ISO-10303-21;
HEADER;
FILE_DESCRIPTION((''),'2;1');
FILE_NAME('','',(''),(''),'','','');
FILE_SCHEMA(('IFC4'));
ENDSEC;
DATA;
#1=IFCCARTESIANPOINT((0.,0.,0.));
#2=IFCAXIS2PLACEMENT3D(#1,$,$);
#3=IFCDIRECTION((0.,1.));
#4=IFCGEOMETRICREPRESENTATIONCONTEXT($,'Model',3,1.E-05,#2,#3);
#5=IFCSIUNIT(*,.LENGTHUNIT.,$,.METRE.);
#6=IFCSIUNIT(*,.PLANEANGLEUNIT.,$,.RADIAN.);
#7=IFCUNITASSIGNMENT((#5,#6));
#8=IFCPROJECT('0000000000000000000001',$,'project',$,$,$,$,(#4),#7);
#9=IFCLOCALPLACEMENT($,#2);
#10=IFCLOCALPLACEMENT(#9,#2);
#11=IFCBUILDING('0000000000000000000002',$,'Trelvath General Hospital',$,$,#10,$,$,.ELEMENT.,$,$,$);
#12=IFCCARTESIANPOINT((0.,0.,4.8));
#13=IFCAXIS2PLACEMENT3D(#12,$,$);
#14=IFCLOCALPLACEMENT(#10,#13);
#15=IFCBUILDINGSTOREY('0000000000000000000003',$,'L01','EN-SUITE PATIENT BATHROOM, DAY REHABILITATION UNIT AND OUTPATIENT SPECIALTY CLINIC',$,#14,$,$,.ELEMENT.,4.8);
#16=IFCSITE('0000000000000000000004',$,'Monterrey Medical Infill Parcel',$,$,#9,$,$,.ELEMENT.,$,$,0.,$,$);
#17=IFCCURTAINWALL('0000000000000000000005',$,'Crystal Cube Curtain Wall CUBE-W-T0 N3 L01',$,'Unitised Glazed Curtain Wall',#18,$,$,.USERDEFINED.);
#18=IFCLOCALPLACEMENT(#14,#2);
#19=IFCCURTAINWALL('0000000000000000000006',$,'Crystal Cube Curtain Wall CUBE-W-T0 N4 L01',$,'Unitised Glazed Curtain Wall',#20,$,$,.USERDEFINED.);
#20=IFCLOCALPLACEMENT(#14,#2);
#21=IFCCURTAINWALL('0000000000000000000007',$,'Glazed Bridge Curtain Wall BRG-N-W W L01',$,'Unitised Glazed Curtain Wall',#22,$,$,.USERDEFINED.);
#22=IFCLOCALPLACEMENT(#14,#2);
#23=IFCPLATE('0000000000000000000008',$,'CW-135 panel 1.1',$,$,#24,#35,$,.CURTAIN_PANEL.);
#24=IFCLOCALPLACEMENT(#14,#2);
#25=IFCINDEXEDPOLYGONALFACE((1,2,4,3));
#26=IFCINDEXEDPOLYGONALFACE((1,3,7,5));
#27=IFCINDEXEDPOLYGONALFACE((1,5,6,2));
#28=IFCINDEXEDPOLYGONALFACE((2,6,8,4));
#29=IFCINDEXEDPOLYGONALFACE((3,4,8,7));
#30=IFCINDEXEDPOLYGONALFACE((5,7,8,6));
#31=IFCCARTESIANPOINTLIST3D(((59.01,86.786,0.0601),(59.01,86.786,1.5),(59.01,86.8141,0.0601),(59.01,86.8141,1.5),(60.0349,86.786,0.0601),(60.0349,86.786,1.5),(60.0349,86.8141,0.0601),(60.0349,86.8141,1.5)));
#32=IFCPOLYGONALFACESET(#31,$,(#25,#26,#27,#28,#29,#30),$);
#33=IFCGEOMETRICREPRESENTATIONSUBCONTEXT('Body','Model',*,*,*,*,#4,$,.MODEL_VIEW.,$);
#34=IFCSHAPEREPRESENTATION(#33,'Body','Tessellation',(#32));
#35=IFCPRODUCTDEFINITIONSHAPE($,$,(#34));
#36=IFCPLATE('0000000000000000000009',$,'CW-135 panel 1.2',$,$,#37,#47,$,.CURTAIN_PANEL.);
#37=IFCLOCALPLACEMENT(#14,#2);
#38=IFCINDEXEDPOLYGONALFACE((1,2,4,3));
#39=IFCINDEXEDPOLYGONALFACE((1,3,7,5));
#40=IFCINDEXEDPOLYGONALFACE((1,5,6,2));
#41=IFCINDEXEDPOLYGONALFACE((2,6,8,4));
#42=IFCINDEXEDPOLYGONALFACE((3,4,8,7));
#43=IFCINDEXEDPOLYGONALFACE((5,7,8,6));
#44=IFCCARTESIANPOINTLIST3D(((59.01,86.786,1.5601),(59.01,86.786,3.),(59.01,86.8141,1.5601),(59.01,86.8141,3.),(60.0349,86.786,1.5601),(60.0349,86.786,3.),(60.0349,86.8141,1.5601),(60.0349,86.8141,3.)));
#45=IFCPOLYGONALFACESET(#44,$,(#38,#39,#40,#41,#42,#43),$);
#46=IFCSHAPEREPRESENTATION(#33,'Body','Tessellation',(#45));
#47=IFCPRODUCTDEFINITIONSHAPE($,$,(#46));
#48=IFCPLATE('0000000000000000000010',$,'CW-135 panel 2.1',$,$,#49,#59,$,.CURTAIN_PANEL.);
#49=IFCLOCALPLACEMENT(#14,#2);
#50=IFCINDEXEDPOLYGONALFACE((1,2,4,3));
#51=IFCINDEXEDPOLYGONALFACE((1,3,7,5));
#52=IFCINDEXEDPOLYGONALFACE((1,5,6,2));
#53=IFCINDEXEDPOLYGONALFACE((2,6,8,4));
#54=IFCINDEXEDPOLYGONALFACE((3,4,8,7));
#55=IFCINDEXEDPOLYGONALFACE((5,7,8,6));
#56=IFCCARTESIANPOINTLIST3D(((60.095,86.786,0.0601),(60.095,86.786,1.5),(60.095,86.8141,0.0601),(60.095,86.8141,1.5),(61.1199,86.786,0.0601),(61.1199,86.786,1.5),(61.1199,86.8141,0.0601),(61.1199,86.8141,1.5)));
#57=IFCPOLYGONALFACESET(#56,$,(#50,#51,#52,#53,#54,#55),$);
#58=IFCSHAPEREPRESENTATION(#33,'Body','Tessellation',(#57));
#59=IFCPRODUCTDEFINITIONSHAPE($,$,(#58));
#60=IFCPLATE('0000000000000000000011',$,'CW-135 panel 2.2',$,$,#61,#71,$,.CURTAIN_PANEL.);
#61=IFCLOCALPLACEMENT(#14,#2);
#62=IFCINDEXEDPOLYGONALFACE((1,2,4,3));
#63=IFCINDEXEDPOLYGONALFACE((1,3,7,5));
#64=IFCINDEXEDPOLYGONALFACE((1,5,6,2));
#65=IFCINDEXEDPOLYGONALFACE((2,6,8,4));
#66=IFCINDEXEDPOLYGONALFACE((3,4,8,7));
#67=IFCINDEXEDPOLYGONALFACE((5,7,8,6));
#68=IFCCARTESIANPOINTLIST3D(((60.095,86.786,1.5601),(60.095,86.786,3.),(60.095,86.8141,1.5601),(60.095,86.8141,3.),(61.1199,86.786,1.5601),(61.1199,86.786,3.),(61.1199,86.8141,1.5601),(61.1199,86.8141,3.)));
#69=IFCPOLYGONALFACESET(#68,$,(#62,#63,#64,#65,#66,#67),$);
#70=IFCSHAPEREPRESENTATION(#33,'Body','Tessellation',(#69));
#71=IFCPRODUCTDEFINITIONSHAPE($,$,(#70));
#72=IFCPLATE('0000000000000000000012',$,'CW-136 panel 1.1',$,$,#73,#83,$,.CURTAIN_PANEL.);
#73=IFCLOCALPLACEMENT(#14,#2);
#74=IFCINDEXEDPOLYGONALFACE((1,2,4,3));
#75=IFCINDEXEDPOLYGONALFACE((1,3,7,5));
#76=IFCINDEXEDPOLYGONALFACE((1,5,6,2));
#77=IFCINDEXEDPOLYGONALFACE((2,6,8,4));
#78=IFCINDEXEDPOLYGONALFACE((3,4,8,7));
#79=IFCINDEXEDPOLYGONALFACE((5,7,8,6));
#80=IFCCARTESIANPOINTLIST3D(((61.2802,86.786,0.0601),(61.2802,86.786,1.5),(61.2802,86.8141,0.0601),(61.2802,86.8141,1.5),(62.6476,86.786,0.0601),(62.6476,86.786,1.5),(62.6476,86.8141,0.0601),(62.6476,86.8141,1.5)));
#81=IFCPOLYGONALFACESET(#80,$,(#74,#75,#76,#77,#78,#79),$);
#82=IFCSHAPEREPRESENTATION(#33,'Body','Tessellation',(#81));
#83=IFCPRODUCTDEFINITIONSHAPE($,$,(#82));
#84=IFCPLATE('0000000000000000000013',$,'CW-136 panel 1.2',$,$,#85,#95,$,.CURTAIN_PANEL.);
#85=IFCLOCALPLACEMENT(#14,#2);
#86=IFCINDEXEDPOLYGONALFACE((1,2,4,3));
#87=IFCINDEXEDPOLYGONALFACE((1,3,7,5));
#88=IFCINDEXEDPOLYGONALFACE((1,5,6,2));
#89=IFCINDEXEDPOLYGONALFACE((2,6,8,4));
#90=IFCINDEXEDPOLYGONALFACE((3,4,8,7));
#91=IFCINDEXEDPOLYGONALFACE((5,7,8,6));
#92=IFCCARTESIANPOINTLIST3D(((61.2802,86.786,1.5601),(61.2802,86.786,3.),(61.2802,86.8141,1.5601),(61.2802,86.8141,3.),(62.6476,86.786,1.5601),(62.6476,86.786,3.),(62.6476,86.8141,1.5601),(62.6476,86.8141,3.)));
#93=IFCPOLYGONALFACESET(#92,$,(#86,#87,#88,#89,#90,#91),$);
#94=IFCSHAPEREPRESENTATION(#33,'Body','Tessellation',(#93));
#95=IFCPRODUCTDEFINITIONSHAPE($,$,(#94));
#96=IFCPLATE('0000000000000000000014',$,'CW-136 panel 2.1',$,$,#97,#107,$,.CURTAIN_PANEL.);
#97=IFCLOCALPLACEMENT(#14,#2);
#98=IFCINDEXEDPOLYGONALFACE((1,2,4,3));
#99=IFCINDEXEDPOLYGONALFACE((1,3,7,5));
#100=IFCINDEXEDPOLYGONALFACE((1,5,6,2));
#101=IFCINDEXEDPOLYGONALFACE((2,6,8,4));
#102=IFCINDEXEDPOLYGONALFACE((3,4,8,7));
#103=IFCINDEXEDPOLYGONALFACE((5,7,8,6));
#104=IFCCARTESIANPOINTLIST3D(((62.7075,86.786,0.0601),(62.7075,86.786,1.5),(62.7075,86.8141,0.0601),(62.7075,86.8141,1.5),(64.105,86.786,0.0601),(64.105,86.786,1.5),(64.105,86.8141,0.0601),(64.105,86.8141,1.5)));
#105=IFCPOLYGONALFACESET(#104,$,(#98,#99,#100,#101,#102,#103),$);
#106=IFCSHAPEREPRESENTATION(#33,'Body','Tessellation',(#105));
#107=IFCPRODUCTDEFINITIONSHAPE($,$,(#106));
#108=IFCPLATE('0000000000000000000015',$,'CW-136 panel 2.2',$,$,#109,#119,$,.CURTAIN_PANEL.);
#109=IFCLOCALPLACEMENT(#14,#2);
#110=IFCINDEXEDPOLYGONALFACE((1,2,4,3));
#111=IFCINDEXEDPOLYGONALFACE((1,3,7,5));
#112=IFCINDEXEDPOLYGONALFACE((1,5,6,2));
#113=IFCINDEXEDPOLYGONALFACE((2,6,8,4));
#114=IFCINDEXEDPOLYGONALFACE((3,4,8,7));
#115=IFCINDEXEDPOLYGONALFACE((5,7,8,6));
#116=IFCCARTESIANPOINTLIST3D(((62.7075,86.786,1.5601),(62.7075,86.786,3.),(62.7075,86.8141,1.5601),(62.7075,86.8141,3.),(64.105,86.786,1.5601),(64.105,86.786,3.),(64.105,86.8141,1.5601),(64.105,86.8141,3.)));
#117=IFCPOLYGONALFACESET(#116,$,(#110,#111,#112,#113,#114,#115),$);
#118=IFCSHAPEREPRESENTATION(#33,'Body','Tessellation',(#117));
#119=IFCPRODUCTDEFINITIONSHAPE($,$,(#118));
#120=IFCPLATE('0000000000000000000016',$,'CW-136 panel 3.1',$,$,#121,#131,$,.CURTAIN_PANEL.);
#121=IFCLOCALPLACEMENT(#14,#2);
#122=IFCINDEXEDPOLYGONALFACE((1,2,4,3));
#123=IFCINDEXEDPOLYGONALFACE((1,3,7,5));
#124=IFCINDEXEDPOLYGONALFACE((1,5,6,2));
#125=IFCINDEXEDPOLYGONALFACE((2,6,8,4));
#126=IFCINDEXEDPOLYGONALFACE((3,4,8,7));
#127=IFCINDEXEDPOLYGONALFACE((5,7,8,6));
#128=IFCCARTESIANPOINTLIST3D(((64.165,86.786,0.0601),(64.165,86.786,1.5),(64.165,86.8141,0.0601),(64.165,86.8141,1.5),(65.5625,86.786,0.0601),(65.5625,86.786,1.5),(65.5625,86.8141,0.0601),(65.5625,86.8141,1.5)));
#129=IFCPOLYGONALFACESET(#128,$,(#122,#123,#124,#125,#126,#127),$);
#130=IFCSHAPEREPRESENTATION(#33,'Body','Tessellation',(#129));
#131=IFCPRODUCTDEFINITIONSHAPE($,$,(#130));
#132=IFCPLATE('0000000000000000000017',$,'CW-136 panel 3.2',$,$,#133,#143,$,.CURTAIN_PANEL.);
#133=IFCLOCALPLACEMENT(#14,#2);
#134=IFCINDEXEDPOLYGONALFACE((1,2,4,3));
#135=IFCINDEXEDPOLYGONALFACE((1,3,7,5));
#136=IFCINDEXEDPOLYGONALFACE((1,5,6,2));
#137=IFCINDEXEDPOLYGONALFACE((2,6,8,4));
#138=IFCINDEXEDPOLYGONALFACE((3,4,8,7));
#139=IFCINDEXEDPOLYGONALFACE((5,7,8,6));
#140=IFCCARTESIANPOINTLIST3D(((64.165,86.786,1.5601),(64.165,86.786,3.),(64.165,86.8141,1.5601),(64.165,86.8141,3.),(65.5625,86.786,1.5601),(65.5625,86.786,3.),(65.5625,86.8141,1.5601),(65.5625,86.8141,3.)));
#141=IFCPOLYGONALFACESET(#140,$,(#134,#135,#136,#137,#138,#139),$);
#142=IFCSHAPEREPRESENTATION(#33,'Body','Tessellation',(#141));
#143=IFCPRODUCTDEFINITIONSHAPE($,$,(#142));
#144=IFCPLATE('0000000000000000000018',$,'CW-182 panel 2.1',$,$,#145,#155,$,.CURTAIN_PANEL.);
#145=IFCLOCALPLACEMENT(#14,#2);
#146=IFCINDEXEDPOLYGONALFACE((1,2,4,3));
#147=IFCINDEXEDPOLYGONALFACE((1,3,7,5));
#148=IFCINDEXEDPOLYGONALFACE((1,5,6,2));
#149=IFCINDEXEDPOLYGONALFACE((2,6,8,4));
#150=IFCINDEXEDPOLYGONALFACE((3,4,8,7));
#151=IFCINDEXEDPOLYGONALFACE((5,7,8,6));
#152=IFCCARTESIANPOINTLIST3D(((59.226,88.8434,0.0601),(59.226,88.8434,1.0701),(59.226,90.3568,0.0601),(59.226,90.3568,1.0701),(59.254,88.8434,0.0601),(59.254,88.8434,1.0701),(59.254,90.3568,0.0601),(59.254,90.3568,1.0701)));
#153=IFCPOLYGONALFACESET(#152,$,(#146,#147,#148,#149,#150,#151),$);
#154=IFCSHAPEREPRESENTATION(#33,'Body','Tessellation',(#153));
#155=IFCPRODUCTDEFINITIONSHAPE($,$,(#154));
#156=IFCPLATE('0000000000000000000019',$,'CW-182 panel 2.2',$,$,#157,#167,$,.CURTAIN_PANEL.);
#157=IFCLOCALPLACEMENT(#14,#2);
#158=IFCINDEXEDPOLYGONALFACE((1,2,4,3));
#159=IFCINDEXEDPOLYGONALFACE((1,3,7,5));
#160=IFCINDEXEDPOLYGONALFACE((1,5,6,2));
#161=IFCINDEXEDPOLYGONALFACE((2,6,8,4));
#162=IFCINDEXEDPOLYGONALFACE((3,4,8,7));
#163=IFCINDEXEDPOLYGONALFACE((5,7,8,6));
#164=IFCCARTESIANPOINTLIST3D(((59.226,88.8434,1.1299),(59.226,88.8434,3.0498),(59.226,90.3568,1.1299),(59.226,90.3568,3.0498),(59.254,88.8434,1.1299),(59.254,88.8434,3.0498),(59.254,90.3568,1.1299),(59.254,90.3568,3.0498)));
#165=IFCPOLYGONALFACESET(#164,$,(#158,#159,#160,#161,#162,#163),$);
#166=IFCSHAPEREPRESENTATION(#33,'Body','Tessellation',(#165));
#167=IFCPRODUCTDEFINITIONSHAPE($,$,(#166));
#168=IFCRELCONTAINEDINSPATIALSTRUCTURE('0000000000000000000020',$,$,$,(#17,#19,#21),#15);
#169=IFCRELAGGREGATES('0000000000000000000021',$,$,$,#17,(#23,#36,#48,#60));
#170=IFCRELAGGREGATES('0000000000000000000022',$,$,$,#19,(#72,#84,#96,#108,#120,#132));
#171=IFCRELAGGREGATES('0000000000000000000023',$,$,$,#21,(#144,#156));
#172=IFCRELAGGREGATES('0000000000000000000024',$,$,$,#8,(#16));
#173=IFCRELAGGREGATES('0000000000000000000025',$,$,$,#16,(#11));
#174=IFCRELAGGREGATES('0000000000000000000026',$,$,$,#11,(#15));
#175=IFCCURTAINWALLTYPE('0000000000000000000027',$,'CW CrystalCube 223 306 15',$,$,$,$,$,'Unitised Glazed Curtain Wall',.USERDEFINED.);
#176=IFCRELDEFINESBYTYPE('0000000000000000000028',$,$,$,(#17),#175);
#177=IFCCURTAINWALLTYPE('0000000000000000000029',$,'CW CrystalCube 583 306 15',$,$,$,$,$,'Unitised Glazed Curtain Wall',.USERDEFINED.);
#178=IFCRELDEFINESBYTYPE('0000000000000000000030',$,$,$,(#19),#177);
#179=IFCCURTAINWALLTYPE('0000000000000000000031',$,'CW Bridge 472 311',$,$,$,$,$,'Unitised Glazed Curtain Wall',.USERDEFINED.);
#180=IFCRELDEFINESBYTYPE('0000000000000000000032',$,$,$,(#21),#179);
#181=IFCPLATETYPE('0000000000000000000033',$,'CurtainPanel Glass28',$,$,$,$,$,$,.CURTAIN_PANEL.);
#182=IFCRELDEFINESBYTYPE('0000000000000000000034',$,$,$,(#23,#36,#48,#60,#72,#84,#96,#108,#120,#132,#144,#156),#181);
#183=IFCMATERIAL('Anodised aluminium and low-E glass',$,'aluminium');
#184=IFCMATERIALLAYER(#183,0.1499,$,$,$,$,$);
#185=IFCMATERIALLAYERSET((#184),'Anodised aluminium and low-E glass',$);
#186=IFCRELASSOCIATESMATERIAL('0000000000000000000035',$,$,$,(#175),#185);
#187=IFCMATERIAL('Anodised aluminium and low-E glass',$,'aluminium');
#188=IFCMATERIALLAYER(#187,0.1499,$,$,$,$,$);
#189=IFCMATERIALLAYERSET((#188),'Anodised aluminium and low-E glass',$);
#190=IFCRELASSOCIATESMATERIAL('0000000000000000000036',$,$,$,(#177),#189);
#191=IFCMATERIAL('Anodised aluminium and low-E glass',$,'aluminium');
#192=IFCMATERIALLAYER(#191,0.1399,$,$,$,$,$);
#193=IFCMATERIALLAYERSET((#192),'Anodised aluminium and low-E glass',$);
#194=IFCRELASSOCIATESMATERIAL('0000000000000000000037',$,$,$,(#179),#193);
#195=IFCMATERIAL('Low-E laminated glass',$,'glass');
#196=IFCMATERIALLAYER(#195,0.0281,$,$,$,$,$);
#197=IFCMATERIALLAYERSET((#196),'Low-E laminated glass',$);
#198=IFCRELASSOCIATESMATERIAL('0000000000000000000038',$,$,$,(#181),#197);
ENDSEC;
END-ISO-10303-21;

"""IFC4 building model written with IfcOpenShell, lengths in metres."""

from ifc_helpers import new_model, si_unit, direction, frame, origin, origin_2d, place, context, subcontext, project, spatial, rectangle, extrude, material, layer, layer_set, type_object, element, aggregate, save


model = new_model("IFC4")

# Units and contexts
model_context = context("Model", 3, precision=1e-05, world=origin(), true_north=direction((0.0, 1.0)))
body_context = subcontext(model_context, "Body", "Model", "MODEL_VIEW")
ifc_project = project(units=[si_unit("LENGTHUNIT", "METRE"), si_unit("PLANEANGLEUNIT", "RADIAN")], contexts=[model_context])

# Site, building, storey
site_placement = place(None, origin())
site = spatial("IfcSite", under=ifc_project, at=site_placement, Name="Monterrey Medical Infill Parcel", CompositionType="ELEMENT", RefElevation=0.0)
building_placement = place(site_placement, origin())
building = spatial("IfcBuilding", under=site, at=building_placement, Name="Trelvath General Hospital", CompositionType="ELEMENT")
storey_placement = place(building_placement, frame((0.0, 0.0, 4.8)))
storey = spatial("IfcBuildingStorey", under=building, at=storey_placement, Name="L01", Description="EN-SUITE PATIENT BATHROOM, DAY REHABILITATION UNIT AND OUTPATIENT SPECIALTY CLINIC", CompositionType="ELEMENT", Elevation=4.8)

# Curtain walls
ifc_material_1 = material(Name="Anodised aluminium and low-E glass", Category="aluminium")
ifc_layer_1 = layer(ifc_material_1, 0.1499)
ifc_layer_set_1 = layer_set([ifc_layer_1], Name="Anodised aluminium and low-E glass")
curtain_wall_type_1 = type_object("IfcCurtainWallType", Name="CW CrystalCube 223 306 15", ElementType="Unitised Glazed Curtain Wall", PredefinedType="USERDEFINED", material=ifc_layer_set_1)
curtain_wall_1_placement = place(storey_placement, origin())
curtain_wall_1 = element("IfcCurtainWall", 1, at=curtain_wall_1_placement, inside=storey, type_object=curtain_wall_type_1, Name="Crystal Cube Curtain Wall CUBE-W-T0 N3 L01", ObjectType="Unitised Glazed Curtain Wall", PredefinedType="USERDEFINED")
ifc_material_2 = material(Name="Anodised aluminium and low-E glass", Category="aluminium")
ifc_layer_2 = layer(ifc_material_2, 0.1499)
ifc_layer_set_2 = layer_set([ifc_layer_2], Name="Anodised aluminium and low-E glass")
curtain_wall_type_2 = type_object("IfcCurtainWallType", Name="CW CrystalCube 583 306 15", ElementType="Unitised Glazed Curtain Wall", PredefinedType="USERDEFINED", material=ifc_layer_set_2)
curtain_wall_2_placement = place(storey_placement, origin())
curtain_wall_2 = element("IfcCurtainWall", 2, at=curtain_wall_2_placement, inside=storey, type_object=curtain_wall_type_2, Name="Crystal Cube Curtain Wall CUBE-W-T0 N4 L01", ObjectType="Unitised Glazed Curtain Wall", PredefinedType="USERDEFINED")

# Curtain wall
ifc_material_3 = material(Name="Anodised aluminium and low-E glass", Category="aluminium")
ifc_layer_3 = layer(ifc_material_3, 0.1399)
ifc_layer_set_3 = layer_set([ifc_layer_3], Name="Anodised aluminium and low-E glass")
curtain_wall_type_3 = type_object("IfcCurtainWallType", Name="CW Bridge 472 311", ElementType="Unitised Glazed Curtain Wall", PredefinedType="USERDEFINED", material=ifc_layer_set_3)
curtain_wall_3_placement = place(storey_placement, origin())
curtain_wall_3 = element("IfcCurtainWall", 3, at=curtain_wall_3_placement, inside=storey, type_object=curtain_wall_type_3, Name="Glazed Bridge Curtain Wall BRG-N-W W L01", ObjectType="Unitised Glazed Curtain Wall", PredefinedType="USERDEFINED")

# Plates
ifc_material_4 = material(Name="Low-E laminated glass", Category="glass")
ifc_layer_4 = layer(ifc_material_4, 0.0281)
ifc_layer_set_4 = layer_set([ifc_layer_4], Name="Low-E laminated glass")
plate_type = type_object("IfcPlateType", Name="CurtainPanel Glass28", PredefinedType="CURTAIN_PANEL", material=ifc_layer_set_4)
plate_1_placement = place(storey_placement, frame((59.5225, 86.8, 0.0601), z_axis=(0.0, 0.0, 1.0), x_axis=(1.0, 0.0, 0.0)))
plate_1 = element("IfcPlate", 4, at=plate_1_placement, type_object=plate_type, Name="CW-135 panel 1.1", PredefinedType="CURTAIN_PANEL", context=body_context, shape_type="SweptSolid", body=[
    extrude(rectangle(XDim=1.0249, YDim=0.0281, at=origin_2d()), origin(), (0.0, 0.0, 1.0), 1.4399),
])
plate_2_placement = place(storey_placement, frame((59.5225, 86.8, 1.5601), z_axis=(0.0, 0.0, 1.0), x_axis=(1.0, 0.0, 0.0)))
plate_2 = element("IfcPlate", 5, at=plate_2_placement, type_object=plate_type, Name="CW-135 panel 1.2", PredefinedType="CURTAIN_PANEL", context=body_context, shape_type="SweptSolid", body=[
    extrude(rectangle(XDim=1.0249, YDim=0.0281, at=origin_2d()), origin(), (0.0, 0.0, 1.0), 1.4399),
])
plate_3_placement = place(storey_placement, frame((60.6074, 86.8, 0.0601), z_axis=(0.0, 0.0, 1.0), x_axis=(1.0, 0.0, 0.0)))
plate_3 = element("IfcPlate", 6, at=plate_3_placement, type_object=plate_type, Name="CW-135 panel 2.1", PredefinedType="CURTAIN_PANEL", context=body_context, shape_type="SweptSolid", body=[
    extrude(rectangle(XDim=1.0249, YDim=0.0281, at=origin_2d()), origin(), (0.0, 0.0, 1.0), 1.4399),
])
plate_4_placement = place(storey_placement, frame((60.6074, 86.8, 1.5601), z_axis=(0.0, 0.0, 1.0), x_axis=(1.0, 0.0, 0.0)))
plate_4 = element("IfcPlate", 7, at=plate_4_placement, type_object=plate_type, Name="CW-135 panel 2.2", PredefinedType="CURTAIN_PANEL", context=body_context, shape_type="SweptSolid", body=[
    extrude(rectangle(XDim=1.0249, YDim=0.0281, at=origin_2d()), origin(), (0.0, 0.0, 1.0), 1.4399),
])
aggregate(curtain_wall_1, [plate_1, plate_2, plate_3, plate_4])
plate_5_placement = place(storey_placement, frame((61.9639, 86.8, 0.0601), z_axis=(0.0, 0.0, 1.0), x_axis=(1.0, 0.0, 0.0)))
plate_5 = element("IfcPlate", 8, at=plate_5_placement, type_object=plate_type, Name="CW-136 panel 1.1", PredefinedType="CURTAIN_PANEL", context=body_context, shape_type="SweptSolid", body=[
    extrude(rectangle(XDim=1.3674, YDim=0.0281, at=origin_2d()), origin(), (0.0, 0.0, 1.0), 1.4399),
])
plate_6_placement = place(storey_placement, frame((61.9639, 86.8, 1.5601), z_axis=(0.0, 0.0, 1.0), x_axis=(1.0, 0.0, 0.0)))
plate_6 = element("IfcPlate", 9, at=plate_6_placement, type_object=plate_type, Name="CW-136 panel 1.2", PredefinedType="CURTAIN_PANEL", context=body_context, shape_type="SweptSolid", body=[
    extrude(rectangle(XDim=1.3674, YDim=0.0281, at=origin_2d()), origin(), (0.0, 0.0, 1.0), 1.4399),
])
plate_7_placement = place(storey_placement, frame((63.4062, 86.8, 0.0601), z_axis=(0.0, 0.0, 1.0), x_axis=(1.0, 0.0, 0.0)))
plate_7 = element("IfcPlate", 10, at=plate_7_placement, type_object=plate_type, Name="CW-136 panel 2.1", PredefinedType="CURTAIN_PANEL", context=body_context, shape_type="SweptSolid", body=[
    extrude(rectangle(XDim=1.3975, YDim=0.0281, at=origin_2d()), origin(), (0.0, 0.0, 1.0), 1.4399),
])
plate_8_placement = place(storey_placement, frame((63.4062, 86.8, 1.5601), z_axis=(0.0, 0.0, 1.0), x_axis=(1.0, 0.0, 0.0)))
plate_8 = element("IfcPlate", 11, at=plate_8_placement, type_object=plate_type, Name="CW-136 panel 2.2", PredefinedType="CURTAIN_PANEL", context=body_context, shape_type="SweptSolid", body=[
    extrude(rectangle(XDim=1.3975, YDim=0.0281, at=origin_2d()), origin(), (0.0, 0.0, 1.0), 1.4399),
])
plate_9_placement = place(storey_placement, frame((64.8638, 86.8, 0.0601), z_axis=(0.0, 0.0, 1.0), x_axis=(1.0, 0.0, 0.0)))
plate_9 = element("IfcPlate", 12, at=plate_9_placement, type_object=plate_type, Name="CW-136 panel 3.1", PredefinedType="CURTAIN_PANEL", context=body_context, shape_type="SweptSolid", body=[
    extrude(rectangle(XDim=1.3975, YDim=0.0281, at=origin_2d()), origin(), (0.0, 0.0, 1.0), 1.4399),
])
plate_10_placement = place(storey_placement, frame((64.8638, 86.8, 1.5601), z_axis=(0.0, 0.0, 1.0), x_axis=(1.0, 0.0, 0.0)))
plate_10 = element("IfcPlate", 13, at=plate_10_placement, type_object=plate_type, Name="CW-136 panel 3.2", PredefinedType="CURTAIN_PANEL", context=body_context, shape_type="SweptSolid", body=[
    extrude(rectangle(XDim=1.3975, YDim=0.0281, at=origin_2d()), origin(), (0.0, 0.0, 1.0), 1.4399),
])
aggregate(curtain_wall_2, [plate_5, plate_6, plate_7, plate_8, plate_9, plate_10])
plate_11_placement = place(storey_placement, frame((59.24, 89.6001, 0.0601), z_axis=(0.0, 0.0, 1.0), x_axis=(0.0, 1.0, 0.0)))
plate_11 = element("IfcPlate", 14, at=plate_11_placement, type_object=plate_type, Name="CW-182 panel 2.1", PredefinedType="CURTAIN_PANEL", context=body_context, shape_type="SweptSolid", body=[
    extrude(rectangle(XDim=1.5134, YDim=0.0281, at=origin_2d()), origin(), (0.0, 0.0, 1.0), 1.01),
])
plate_12_placement = place(storey_placement, frame((59.24, 89.6001, 1.1299), z_axis=(0.0, 0.0, 1.0), x_axis=(0.0, 1.0, 0.0)))
plate_12 = element("IfcPlate", 15, at=plate_12_placement, type_object=plate_type, Name="CW-182 panel 2.2", PredefinedType="CURTAIN_PANEL", context=body_context, shape_type="SweptSolid", body=[
    extrude(rectangle(XDim=1.5134, YDim=0.0281, at=origin_2d()), origin(), (0.0, 0.0, 1.0), 1.9199),
])
aggregate(curtain_wall_3, [plate_11, plate_12])

save(model, "model.ifc")
